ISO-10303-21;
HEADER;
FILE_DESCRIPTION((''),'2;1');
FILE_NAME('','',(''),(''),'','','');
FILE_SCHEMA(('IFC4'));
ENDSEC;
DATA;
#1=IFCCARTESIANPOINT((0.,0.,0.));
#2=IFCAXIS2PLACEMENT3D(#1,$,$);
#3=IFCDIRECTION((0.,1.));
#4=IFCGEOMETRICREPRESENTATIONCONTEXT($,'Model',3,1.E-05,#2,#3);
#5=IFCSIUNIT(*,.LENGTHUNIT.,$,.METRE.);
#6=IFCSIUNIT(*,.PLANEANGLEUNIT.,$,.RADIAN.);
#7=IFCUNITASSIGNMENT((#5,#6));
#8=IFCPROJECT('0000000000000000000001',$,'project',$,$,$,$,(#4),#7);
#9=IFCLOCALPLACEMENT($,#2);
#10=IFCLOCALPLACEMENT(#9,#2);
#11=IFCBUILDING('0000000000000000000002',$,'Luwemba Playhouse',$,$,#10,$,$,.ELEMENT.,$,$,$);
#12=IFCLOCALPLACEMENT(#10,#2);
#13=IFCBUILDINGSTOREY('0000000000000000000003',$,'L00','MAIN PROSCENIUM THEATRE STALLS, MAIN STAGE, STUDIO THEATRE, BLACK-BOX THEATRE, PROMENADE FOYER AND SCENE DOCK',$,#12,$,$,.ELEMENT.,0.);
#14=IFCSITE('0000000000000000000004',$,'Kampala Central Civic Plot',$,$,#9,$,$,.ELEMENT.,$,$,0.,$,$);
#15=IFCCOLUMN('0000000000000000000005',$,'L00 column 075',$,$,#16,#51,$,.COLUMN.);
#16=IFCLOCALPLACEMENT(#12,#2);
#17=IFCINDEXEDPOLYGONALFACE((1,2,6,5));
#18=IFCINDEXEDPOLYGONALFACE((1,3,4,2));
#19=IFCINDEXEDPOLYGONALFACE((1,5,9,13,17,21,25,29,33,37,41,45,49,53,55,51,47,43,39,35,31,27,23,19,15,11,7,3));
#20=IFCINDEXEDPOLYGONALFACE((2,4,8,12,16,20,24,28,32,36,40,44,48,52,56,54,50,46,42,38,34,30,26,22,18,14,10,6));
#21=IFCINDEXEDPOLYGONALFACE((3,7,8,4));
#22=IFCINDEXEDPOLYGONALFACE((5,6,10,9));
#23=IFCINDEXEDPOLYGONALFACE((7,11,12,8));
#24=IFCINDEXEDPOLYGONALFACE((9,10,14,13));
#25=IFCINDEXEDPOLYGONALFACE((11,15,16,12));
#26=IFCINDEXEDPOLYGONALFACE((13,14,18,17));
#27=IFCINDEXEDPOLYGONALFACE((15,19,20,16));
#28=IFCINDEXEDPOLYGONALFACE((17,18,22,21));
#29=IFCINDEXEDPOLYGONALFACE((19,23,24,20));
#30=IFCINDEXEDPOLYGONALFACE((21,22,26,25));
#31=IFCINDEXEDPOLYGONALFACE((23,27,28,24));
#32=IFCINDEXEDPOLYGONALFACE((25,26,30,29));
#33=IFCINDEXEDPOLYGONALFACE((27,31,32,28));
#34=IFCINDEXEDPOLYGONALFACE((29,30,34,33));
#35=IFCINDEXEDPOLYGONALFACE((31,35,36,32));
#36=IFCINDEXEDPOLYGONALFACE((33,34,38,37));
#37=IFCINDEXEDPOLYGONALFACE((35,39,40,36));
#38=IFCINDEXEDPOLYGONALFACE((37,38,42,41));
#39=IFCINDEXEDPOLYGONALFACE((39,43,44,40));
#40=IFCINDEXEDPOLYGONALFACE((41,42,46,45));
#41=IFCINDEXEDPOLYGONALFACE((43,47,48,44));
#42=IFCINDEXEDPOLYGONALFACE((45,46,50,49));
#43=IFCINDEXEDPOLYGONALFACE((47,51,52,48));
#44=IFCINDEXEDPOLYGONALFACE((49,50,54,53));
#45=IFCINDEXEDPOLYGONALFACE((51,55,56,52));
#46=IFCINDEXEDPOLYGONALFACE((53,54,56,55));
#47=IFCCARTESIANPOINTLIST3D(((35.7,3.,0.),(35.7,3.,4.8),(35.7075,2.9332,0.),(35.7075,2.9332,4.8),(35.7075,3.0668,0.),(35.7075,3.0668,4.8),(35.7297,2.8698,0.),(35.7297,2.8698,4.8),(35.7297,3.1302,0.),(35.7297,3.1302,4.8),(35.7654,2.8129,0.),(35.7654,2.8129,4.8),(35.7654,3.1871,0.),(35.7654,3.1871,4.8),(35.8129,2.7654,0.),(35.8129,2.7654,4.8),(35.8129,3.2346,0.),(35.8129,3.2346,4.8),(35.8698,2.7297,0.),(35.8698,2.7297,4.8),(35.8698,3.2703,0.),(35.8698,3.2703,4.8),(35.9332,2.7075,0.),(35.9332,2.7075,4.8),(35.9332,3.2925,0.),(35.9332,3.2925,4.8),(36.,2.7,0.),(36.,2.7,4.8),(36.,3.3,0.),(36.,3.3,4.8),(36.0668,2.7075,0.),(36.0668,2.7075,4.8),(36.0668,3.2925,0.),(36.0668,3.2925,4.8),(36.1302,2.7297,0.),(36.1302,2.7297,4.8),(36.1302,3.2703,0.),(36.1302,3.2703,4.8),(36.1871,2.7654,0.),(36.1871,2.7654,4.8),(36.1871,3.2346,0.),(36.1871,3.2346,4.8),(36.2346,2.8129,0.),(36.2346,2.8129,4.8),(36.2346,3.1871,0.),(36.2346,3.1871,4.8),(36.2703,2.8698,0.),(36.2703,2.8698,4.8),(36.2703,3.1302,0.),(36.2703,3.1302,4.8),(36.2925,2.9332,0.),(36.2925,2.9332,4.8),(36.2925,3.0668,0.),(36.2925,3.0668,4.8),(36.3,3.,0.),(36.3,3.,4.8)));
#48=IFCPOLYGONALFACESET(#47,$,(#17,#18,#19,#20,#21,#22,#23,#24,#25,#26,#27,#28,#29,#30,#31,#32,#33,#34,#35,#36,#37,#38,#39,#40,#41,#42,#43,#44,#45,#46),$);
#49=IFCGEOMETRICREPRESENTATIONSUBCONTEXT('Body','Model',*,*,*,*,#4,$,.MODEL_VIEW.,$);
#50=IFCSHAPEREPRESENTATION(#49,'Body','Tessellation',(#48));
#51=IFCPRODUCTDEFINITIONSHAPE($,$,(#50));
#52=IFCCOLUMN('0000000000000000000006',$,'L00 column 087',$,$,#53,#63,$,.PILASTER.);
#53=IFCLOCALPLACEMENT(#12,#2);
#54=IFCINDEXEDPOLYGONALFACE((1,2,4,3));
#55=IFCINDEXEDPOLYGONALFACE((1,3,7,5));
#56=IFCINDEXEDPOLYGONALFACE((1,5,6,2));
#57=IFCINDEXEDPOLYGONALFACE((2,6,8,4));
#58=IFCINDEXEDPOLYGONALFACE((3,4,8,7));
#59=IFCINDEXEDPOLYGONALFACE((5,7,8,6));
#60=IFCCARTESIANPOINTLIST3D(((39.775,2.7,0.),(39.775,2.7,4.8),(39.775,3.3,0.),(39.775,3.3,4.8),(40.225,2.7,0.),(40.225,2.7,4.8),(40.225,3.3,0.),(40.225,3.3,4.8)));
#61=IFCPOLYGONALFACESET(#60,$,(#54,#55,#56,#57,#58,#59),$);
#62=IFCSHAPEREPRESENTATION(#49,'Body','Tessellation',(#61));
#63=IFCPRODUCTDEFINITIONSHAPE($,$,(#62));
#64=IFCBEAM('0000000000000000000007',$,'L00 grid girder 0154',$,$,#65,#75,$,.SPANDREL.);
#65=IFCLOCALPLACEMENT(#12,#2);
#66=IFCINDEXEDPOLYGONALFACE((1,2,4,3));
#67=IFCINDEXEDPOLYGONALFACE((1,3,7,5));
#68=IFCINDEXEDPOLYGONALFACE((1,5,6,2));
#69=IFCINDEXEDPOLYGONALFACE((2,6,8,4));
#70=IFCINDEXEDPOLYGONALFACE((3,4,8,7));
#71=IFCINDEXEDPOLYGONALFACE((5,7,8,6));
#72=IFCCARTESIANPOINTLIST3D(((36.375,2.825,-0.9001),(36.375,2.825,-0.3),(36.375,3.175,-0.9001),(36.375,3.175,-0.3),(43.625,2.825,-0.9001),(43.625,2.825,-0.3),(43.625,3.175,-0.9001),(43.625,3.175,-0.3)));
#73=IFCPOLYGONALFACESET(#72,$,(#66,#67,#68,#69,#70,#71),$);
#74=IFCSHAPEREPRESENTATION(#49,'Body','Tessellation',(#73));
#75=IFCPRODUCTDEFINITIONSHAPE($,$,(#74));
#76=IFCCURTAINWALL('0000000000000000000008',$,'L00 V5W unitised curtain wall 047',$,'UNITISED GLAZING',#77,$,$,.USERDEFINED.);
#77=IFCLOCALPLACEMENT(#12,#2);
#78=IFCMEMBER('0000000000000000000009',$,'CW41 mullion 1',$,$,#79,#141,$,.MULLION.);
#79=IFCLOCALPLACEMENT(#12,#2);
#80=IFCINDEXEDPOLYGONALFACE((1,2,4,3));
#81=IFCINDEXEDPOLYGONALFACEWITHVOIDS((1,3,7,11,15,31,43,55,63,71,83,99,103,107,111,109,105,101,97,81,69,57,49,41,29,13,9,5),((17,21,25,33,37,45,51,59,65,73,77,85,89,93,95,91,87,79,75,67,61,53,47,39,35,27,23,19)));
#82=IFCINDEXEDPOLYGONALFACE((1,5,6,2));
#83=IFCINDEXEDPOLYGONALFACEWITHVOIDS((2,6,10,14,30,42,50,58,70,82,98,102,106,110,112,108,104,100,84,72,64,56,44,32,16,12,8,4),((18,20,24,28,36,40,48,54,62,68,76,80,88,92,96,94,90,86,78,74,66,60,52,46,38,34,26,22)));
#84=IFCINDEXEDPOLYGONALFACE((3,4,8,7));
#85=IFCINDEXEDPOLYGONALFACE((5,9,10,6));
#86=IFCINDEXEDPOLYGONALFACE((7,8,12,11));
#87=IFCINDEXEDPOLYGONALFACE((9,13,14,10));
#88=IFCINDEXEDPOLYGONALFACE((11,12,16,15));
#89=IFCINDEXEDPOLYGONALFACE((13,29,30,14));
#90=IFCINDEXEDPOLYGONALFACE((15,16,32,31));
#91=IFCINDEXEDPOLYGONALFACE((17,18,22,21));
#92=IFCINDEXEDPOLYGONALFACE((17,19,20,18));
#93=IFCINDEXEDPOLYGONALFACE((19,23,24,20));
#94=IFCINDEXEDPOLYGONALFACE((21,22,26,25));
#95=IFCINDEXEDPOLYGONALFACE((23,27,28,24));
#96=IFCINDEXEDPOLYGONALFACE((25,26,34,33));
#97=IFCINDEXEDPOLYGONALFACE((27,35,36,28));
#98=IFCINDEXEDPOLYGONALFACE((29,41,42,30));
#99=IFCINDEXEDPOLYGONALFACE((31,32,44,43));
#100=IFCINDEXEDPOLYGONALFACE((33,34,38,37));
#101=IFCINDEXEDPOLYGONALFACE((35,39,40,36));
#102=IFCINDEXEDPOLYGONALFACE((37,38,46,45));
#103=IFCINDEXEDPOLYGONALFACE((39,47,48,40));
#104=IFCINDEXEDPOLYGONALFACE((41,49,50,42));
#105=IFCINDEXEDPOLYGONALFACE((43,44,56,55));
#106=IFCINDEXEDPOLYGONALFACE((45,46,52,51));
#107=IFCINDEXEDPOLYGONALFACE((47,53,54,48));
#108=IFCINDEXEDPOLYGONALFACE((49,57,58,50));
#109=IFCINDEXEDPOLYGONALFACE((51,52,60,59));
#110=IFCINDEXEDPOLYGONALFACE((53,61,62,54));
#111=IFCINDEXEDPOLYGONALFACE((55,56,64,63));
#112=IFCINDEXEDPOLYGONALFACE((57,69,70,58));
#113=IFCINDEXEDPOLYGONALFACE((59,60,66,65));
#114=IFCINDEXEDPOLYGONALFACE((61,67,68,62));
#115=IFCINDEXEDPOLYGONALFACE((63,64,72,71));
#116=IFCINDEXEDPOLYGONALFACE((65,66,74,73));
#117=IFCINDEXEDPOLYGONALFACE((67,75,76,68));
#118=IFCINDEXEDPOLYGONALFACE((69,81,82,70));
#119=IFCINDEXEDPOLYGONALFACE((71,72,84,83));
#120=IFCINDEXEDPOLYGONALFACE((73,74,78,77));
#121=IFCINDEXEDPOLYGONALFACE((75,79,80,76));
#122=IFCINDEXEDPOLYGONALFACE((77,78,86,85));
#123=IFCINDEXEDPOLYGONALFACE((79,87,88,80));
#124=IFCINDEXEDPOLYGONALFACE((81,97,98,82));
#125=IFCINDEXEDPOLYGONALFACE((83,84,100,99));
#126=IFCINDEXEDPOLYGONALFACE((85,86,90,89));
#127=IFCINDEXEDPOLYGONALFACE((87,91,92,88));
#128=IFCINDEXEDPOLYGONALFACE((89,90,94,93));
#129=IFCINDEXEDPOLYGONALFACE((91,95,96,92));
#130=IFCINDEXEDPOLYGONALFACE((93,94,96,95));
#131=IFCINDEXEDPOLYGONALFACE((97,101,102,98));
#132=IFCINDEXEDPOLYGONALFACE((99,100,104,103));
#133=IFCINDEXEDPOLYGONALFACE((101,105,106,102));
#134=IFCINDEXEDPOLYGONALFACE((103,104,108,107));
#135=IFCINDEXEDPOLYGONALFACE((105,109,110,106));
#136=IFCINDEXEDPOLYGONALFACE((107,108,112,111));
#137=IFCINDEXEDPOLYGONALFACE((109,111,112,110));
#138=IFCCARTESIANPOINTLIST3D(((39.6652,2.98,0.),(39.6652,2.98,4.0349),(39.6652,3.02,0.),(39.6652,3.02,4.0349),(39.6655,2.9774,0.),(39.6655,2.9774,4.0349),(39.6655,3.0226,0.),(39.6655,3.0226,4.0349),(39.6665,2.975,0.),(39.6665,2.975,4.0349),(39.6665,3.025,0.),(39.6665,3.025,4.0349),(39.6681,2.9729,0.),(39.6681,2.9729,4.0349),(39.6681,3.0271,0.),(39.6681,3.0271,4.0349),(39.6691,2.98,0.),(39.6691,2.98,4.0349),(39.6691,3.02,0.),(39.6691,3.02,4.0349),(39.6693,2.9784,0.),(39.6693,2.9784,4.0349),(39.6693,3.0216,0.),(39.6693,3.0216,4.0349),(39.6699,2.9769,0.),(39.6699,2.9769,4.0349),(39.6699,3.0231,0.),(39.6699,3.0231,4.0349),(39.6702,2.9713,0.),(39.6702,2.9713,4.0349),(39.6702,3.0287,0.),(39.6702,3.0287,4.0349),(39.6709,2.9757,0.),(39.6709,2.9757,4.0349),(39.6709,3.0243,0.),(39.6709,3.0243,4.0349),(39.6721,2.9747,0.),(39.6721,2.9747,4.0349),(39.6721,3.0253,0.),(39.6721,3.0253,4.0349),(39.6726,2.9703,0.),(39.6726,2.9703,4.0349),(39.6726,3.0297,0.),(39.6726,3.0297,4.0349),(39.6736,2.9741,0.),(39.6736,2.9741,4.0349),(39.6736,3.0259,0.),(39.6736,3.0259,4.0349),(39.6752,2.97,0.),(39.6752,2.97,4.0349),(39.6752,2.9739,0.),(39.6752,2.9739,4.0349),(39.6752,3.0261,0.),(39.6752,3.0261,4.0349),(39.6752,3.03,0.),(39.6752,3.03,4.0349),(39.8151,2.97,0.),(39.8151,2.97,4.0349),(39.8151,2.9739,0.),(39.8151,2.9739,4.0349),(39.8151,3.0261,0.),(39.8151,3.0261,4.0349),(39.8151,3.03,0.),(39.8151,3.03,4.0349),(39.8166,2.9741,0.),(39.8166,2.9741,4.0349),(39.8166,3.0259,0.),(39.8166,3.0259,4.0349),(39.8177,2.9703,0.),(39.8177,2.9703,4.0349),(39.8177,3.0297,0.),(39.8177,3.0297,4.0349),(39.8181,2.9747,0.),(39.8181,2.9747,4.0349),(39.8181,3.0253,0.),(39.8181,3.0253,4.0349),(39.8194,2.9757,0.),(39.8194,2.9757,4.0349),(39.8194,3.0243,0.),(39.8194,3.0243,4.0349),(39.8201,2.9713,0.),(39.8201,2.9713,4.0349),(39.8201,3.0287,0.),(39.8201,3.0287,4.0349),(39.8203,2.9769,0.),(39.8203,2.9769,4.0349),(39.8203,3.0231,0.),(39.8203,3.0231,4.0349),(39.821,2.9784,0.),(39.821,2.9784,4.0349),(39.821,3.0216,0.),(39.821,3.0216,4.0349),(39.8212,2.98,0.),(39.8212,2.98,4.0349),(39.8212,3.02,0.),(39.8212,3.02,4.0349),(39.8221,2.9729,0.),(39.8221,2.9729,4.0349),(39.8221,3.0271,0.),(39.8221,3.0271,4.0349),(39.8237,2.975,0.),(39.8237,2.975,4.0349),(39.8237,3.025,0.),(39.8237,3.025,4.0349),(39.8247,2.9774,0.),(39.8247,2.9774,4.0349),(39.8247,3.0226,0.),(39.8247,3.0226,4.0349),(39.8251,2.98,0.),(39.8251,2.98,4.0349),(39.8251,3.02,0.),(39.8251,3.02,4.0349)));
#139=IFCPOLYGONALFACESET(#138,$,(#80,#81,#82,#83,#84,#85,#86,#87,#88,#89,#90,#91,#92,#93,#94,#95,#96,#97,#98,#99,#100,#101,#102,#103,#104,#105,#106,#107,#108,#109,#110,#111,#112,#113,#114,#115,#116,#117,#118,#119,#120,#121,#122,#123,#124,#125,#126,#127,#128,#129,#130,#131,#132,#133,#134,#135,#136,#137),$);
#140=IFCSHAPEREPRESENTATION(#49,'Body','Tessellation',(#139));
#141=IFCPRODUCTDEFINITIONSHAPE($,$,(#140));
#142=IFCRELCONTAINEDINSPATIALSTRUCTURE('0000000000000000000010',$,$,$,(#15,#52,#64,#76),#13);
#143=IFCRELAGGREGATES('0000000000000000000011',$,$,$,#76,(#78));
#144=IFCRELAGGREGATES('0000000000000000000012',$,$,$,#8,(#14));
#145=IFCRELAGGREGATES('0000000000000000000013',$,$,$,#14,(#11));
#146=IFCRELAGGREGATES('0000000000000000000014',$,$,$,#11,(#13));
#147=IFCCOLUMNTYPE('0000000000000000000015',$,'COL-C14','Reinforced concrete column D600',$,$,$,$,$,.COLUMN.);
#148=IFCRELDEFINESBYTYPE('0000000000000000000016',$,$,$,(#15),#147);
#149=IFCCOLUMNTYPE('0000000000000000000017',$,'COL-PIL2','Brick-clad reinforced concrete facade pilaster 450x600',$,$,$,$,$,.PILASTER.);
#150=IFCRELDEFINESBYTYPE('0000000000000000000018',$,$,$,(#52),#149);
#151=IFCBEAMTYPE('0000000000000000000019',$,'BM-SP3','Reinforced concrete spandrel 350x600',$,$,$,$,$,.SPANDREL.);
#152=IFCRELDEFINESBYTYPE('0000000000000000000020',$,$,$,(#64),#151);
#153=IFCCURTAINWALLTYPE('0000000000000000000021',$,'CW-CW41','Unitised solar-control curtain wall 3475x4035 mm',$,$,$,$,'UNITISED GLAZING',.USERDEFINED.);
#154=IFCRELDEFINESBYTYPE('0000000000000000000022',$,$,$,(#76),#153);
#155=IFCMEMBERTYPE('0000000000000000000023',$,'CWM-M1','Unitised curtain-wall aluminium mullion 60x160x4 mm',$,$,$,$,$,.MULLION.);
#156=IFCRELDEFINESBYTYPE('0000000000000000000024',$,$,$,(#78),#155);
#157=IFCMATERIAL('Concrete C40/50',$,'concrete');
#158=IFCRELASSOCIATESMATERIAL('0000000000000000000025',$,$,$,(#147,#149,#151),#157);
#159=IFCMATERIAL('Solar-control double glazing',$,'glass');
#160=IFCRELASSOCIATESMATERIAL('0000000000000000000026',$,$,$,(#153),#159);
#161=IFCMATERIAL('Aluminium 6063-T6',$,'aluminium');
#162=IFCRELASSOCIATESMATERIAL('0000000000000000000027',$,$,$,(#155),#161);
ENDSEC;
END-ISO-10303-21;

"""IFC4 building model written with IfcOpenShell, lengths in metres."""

from ifc_helpers import new_model, si_unit, direction, frame, origin, origin_2d, place, context, subcontext, project, spatial, rectangle, hollow_rectangle, circle, extrude, material, material_profile, profile_set, type_object, element, aggregate, save


model = new_model("IFC4")

# Units and contexts
model_context = context("Model", 3, precision=1e-05, world=origin(), true_north=direction((0.0, 1.0)))
body_context = subcontext(model_context, "Body", "Model", "MODEL_VIEW")
ifc_project = project(units=[si_unit("LENGTHUNIT", "METRE"), si_unit("PLANEANGLEUNIT", "RADIAN")], contexts=[model_context])

# Site, building, storey
site_placement = place(None, origin())
site = spatial("IfcSite", under=ifc_project, at=site_placement, Name="Kampala Central Civic Plot", CompositionType="ELEMENT", RefElevation=0.0)
building_placement = place(site_placement, origin())
building = spatial("IfcBuilding", under=site, at=building_placement, Name="Luwemba Playhouse", CompositionType="ELEMENT")
storey_placement = place(building_placement, origin())
storey = spatial("IfcBuildingStorey", under=building, at=storey_placement, Name="L00", Description="MAIN PROSCENIUM THEATRE STALLS, MAIN STAGE, STUDIO THEATRE, BLACK-BOX THEATRE, PROMENADE FOYER AND SCENE DOCK", CompositionType="ELEMENT", Elevation=0.0)

# Columns
ifc_material_1 = material(Name="Concrete C40/50", Category="concrete")
ifc_material_profile_1 = material_profile(ifc_material_1, circle(Radius=0.3, at=origin_2d()))
ifc_profile_set_1 = profile_set([ifc_material_profile_1], Name="Concrete C40/50")
column_type_1 = type_object("IfcColumnType", Name="COL-C14", Description="Reinforced concrete column D600", PredefinedType="COLUMN", material=ifc_profile_set_1)
column_1_placement = place(storey_placement, frame((36.0, 3.0, 0.0), z_axis=(0.0, 0.0, 1.0), x_axis=(1.0, 0.0, 0.0)))
element("IfcColumn", 1, at=column_1_placement, inside=storey, type_object=column_type_1, Name="L00 column 075", PredefinedType="COLUMN", context=body_context, shape_type="SweptSolid", body=[
    extrude(circle(Radius=0.3, at=origin_2d()), origin(), (0.0, 0.0, 1.0), 4.8),
])
ifc_material_profile_2 = material_profile(ifc_material_1, rectangle(XDim=0.45, YDim=0.6001, at=origin_2d()))
ifc_profile_set_2 = profile_set([ifc_material_profile_2], Name="Concrete C40/50")
column_type_2 = type_object("IfcColumnType", Name="COL-PIL2", Description="Brick-clad reinforced concrete facade pilaster 450x600", PredefinedType="PILASTER", material=ifc_profile_set_2)
column_2_placement = place(storey_placement, frame((40.0, 3.0, 0.0), z_axis=(0.0, 0.0, 1.0), x_axis=(1.0, 0.0, 0.0)))
element("IfcColumn", 2, at=column_2_placement, inside=storey, type_object=column_type_2, Name="L00 column 087", PredefinedType="PILASTER", context=body_context, shape_type="SweptSolid", body=[
    extrude(rectangle(XDim=0.45, YDim=0.6001, at=origin_2d()), origin(), (0.0, 0.0, 1.0), 4.8),
])

# Beam
ifc_material_profile_3 = material_profile(ifc_material_1, rectangle(XDim=0.3501, YDim=0.6001, at=origin_2d()))
ifc_profile_set_3 = profile_set([ifc_material_profile_3], Name="Concrete C40/50")
beam_type = type_object("IfcBeamType", Name="BM-SP3", Description="Reinforced concrete spandrel 350x600", PredefinedType="SPANDREL", material=ifc_profile_set_3)
beam_placement = place(storey_placement, frame((36.375, 3.0, -0.6001), z_axis=(1.0, 0.0, 0.0), x_axis=(0.0, 1.0, 0.0)))
element("IfcBeam", 3, at=beam_placement, inside=storey, type_object=beam_type, Name="L00 grid girder 0154", PredefinedType="SPANDREL", context=body_context, shape_type="SweptSolid", body=[
    extrude(rectangle(XDim=0.3501, YDim=0.6001, at=origin_2d()), origin(), (0.0, 0.0, 1.0), 7.25),
])

# Curtain wall, member
ifc_material_2 = material(Name="Solar-control double glazing", Category="glass")
curtain_wall_type_1 = type_object("IfcCurtainWallType", Name="CW-CW41", Description="Unitised solar-control curtain wall 3475x4035 mm", ElementType="UNITISED GLAZING", PredefinedType="USERDEFINED", material=ifc_material_2)
curtain_wall_1_placement = place(storey_placement, origin())
curtain_wall_1 = element("IfcCurtainWall", 4, at=curtain_wall_1_placement, inside=storey, type_object=curtain_wall_type_1, Name="L00 V5W unitised curtain wall 047", ObjectType="UNITISED GLAZING", PredefinedType="USERDEFINED")
ifc_material_3 = material(Name="Aluminium 6063-T6", Category="aluminium")
ifc_material_profile_4 = material_profile(ifc_material_3, hollow_rectangle(XDim=0.0601, YDim=0.1599, WallThickness=0.0039, InnerFilletRadius=0.0061, OuterFilletRadius=0.01, at=origin_2d()))
ifc_profile_set_4 = profile_set([ifc_material_profile_4], Name="Aluminium 6063-T6")
member_type_1 = type_object("IfcMemberType", Name="CWM-M1", Description="Unitised curtain-wall aluminium mullion 60x160x4 mm", PredefinedType="MULLION", material=ifc_profile_set_4)
member_1_placement = place(storey_placement, frame((39.7451, 3.0, 0.0), z_axis=(0.0, 0.0, 1.0), x_axis=(0.0, -1.0, 0.0)))
member_1 = element("IfcMember", 5, at=member_1_placement, type_object=member_type_1, Name="CW41 mullion 1", PredefinedType="MULLION", context=body_context, shape_type="SweptSolid", body=[
    extrude(hollow_rectangle(XDim=0.0601, YDim=0.1599, WallThickness=0.0039, InnerFilletRadius=0.0061, OuterFilletRadius=0.01, at=origin_2d()), origin(), (0.0, 0.0, 1.0), 4.0349),
])

aggregate(curtain_wall_1, [member_1])

save(model, "model.ifc")
